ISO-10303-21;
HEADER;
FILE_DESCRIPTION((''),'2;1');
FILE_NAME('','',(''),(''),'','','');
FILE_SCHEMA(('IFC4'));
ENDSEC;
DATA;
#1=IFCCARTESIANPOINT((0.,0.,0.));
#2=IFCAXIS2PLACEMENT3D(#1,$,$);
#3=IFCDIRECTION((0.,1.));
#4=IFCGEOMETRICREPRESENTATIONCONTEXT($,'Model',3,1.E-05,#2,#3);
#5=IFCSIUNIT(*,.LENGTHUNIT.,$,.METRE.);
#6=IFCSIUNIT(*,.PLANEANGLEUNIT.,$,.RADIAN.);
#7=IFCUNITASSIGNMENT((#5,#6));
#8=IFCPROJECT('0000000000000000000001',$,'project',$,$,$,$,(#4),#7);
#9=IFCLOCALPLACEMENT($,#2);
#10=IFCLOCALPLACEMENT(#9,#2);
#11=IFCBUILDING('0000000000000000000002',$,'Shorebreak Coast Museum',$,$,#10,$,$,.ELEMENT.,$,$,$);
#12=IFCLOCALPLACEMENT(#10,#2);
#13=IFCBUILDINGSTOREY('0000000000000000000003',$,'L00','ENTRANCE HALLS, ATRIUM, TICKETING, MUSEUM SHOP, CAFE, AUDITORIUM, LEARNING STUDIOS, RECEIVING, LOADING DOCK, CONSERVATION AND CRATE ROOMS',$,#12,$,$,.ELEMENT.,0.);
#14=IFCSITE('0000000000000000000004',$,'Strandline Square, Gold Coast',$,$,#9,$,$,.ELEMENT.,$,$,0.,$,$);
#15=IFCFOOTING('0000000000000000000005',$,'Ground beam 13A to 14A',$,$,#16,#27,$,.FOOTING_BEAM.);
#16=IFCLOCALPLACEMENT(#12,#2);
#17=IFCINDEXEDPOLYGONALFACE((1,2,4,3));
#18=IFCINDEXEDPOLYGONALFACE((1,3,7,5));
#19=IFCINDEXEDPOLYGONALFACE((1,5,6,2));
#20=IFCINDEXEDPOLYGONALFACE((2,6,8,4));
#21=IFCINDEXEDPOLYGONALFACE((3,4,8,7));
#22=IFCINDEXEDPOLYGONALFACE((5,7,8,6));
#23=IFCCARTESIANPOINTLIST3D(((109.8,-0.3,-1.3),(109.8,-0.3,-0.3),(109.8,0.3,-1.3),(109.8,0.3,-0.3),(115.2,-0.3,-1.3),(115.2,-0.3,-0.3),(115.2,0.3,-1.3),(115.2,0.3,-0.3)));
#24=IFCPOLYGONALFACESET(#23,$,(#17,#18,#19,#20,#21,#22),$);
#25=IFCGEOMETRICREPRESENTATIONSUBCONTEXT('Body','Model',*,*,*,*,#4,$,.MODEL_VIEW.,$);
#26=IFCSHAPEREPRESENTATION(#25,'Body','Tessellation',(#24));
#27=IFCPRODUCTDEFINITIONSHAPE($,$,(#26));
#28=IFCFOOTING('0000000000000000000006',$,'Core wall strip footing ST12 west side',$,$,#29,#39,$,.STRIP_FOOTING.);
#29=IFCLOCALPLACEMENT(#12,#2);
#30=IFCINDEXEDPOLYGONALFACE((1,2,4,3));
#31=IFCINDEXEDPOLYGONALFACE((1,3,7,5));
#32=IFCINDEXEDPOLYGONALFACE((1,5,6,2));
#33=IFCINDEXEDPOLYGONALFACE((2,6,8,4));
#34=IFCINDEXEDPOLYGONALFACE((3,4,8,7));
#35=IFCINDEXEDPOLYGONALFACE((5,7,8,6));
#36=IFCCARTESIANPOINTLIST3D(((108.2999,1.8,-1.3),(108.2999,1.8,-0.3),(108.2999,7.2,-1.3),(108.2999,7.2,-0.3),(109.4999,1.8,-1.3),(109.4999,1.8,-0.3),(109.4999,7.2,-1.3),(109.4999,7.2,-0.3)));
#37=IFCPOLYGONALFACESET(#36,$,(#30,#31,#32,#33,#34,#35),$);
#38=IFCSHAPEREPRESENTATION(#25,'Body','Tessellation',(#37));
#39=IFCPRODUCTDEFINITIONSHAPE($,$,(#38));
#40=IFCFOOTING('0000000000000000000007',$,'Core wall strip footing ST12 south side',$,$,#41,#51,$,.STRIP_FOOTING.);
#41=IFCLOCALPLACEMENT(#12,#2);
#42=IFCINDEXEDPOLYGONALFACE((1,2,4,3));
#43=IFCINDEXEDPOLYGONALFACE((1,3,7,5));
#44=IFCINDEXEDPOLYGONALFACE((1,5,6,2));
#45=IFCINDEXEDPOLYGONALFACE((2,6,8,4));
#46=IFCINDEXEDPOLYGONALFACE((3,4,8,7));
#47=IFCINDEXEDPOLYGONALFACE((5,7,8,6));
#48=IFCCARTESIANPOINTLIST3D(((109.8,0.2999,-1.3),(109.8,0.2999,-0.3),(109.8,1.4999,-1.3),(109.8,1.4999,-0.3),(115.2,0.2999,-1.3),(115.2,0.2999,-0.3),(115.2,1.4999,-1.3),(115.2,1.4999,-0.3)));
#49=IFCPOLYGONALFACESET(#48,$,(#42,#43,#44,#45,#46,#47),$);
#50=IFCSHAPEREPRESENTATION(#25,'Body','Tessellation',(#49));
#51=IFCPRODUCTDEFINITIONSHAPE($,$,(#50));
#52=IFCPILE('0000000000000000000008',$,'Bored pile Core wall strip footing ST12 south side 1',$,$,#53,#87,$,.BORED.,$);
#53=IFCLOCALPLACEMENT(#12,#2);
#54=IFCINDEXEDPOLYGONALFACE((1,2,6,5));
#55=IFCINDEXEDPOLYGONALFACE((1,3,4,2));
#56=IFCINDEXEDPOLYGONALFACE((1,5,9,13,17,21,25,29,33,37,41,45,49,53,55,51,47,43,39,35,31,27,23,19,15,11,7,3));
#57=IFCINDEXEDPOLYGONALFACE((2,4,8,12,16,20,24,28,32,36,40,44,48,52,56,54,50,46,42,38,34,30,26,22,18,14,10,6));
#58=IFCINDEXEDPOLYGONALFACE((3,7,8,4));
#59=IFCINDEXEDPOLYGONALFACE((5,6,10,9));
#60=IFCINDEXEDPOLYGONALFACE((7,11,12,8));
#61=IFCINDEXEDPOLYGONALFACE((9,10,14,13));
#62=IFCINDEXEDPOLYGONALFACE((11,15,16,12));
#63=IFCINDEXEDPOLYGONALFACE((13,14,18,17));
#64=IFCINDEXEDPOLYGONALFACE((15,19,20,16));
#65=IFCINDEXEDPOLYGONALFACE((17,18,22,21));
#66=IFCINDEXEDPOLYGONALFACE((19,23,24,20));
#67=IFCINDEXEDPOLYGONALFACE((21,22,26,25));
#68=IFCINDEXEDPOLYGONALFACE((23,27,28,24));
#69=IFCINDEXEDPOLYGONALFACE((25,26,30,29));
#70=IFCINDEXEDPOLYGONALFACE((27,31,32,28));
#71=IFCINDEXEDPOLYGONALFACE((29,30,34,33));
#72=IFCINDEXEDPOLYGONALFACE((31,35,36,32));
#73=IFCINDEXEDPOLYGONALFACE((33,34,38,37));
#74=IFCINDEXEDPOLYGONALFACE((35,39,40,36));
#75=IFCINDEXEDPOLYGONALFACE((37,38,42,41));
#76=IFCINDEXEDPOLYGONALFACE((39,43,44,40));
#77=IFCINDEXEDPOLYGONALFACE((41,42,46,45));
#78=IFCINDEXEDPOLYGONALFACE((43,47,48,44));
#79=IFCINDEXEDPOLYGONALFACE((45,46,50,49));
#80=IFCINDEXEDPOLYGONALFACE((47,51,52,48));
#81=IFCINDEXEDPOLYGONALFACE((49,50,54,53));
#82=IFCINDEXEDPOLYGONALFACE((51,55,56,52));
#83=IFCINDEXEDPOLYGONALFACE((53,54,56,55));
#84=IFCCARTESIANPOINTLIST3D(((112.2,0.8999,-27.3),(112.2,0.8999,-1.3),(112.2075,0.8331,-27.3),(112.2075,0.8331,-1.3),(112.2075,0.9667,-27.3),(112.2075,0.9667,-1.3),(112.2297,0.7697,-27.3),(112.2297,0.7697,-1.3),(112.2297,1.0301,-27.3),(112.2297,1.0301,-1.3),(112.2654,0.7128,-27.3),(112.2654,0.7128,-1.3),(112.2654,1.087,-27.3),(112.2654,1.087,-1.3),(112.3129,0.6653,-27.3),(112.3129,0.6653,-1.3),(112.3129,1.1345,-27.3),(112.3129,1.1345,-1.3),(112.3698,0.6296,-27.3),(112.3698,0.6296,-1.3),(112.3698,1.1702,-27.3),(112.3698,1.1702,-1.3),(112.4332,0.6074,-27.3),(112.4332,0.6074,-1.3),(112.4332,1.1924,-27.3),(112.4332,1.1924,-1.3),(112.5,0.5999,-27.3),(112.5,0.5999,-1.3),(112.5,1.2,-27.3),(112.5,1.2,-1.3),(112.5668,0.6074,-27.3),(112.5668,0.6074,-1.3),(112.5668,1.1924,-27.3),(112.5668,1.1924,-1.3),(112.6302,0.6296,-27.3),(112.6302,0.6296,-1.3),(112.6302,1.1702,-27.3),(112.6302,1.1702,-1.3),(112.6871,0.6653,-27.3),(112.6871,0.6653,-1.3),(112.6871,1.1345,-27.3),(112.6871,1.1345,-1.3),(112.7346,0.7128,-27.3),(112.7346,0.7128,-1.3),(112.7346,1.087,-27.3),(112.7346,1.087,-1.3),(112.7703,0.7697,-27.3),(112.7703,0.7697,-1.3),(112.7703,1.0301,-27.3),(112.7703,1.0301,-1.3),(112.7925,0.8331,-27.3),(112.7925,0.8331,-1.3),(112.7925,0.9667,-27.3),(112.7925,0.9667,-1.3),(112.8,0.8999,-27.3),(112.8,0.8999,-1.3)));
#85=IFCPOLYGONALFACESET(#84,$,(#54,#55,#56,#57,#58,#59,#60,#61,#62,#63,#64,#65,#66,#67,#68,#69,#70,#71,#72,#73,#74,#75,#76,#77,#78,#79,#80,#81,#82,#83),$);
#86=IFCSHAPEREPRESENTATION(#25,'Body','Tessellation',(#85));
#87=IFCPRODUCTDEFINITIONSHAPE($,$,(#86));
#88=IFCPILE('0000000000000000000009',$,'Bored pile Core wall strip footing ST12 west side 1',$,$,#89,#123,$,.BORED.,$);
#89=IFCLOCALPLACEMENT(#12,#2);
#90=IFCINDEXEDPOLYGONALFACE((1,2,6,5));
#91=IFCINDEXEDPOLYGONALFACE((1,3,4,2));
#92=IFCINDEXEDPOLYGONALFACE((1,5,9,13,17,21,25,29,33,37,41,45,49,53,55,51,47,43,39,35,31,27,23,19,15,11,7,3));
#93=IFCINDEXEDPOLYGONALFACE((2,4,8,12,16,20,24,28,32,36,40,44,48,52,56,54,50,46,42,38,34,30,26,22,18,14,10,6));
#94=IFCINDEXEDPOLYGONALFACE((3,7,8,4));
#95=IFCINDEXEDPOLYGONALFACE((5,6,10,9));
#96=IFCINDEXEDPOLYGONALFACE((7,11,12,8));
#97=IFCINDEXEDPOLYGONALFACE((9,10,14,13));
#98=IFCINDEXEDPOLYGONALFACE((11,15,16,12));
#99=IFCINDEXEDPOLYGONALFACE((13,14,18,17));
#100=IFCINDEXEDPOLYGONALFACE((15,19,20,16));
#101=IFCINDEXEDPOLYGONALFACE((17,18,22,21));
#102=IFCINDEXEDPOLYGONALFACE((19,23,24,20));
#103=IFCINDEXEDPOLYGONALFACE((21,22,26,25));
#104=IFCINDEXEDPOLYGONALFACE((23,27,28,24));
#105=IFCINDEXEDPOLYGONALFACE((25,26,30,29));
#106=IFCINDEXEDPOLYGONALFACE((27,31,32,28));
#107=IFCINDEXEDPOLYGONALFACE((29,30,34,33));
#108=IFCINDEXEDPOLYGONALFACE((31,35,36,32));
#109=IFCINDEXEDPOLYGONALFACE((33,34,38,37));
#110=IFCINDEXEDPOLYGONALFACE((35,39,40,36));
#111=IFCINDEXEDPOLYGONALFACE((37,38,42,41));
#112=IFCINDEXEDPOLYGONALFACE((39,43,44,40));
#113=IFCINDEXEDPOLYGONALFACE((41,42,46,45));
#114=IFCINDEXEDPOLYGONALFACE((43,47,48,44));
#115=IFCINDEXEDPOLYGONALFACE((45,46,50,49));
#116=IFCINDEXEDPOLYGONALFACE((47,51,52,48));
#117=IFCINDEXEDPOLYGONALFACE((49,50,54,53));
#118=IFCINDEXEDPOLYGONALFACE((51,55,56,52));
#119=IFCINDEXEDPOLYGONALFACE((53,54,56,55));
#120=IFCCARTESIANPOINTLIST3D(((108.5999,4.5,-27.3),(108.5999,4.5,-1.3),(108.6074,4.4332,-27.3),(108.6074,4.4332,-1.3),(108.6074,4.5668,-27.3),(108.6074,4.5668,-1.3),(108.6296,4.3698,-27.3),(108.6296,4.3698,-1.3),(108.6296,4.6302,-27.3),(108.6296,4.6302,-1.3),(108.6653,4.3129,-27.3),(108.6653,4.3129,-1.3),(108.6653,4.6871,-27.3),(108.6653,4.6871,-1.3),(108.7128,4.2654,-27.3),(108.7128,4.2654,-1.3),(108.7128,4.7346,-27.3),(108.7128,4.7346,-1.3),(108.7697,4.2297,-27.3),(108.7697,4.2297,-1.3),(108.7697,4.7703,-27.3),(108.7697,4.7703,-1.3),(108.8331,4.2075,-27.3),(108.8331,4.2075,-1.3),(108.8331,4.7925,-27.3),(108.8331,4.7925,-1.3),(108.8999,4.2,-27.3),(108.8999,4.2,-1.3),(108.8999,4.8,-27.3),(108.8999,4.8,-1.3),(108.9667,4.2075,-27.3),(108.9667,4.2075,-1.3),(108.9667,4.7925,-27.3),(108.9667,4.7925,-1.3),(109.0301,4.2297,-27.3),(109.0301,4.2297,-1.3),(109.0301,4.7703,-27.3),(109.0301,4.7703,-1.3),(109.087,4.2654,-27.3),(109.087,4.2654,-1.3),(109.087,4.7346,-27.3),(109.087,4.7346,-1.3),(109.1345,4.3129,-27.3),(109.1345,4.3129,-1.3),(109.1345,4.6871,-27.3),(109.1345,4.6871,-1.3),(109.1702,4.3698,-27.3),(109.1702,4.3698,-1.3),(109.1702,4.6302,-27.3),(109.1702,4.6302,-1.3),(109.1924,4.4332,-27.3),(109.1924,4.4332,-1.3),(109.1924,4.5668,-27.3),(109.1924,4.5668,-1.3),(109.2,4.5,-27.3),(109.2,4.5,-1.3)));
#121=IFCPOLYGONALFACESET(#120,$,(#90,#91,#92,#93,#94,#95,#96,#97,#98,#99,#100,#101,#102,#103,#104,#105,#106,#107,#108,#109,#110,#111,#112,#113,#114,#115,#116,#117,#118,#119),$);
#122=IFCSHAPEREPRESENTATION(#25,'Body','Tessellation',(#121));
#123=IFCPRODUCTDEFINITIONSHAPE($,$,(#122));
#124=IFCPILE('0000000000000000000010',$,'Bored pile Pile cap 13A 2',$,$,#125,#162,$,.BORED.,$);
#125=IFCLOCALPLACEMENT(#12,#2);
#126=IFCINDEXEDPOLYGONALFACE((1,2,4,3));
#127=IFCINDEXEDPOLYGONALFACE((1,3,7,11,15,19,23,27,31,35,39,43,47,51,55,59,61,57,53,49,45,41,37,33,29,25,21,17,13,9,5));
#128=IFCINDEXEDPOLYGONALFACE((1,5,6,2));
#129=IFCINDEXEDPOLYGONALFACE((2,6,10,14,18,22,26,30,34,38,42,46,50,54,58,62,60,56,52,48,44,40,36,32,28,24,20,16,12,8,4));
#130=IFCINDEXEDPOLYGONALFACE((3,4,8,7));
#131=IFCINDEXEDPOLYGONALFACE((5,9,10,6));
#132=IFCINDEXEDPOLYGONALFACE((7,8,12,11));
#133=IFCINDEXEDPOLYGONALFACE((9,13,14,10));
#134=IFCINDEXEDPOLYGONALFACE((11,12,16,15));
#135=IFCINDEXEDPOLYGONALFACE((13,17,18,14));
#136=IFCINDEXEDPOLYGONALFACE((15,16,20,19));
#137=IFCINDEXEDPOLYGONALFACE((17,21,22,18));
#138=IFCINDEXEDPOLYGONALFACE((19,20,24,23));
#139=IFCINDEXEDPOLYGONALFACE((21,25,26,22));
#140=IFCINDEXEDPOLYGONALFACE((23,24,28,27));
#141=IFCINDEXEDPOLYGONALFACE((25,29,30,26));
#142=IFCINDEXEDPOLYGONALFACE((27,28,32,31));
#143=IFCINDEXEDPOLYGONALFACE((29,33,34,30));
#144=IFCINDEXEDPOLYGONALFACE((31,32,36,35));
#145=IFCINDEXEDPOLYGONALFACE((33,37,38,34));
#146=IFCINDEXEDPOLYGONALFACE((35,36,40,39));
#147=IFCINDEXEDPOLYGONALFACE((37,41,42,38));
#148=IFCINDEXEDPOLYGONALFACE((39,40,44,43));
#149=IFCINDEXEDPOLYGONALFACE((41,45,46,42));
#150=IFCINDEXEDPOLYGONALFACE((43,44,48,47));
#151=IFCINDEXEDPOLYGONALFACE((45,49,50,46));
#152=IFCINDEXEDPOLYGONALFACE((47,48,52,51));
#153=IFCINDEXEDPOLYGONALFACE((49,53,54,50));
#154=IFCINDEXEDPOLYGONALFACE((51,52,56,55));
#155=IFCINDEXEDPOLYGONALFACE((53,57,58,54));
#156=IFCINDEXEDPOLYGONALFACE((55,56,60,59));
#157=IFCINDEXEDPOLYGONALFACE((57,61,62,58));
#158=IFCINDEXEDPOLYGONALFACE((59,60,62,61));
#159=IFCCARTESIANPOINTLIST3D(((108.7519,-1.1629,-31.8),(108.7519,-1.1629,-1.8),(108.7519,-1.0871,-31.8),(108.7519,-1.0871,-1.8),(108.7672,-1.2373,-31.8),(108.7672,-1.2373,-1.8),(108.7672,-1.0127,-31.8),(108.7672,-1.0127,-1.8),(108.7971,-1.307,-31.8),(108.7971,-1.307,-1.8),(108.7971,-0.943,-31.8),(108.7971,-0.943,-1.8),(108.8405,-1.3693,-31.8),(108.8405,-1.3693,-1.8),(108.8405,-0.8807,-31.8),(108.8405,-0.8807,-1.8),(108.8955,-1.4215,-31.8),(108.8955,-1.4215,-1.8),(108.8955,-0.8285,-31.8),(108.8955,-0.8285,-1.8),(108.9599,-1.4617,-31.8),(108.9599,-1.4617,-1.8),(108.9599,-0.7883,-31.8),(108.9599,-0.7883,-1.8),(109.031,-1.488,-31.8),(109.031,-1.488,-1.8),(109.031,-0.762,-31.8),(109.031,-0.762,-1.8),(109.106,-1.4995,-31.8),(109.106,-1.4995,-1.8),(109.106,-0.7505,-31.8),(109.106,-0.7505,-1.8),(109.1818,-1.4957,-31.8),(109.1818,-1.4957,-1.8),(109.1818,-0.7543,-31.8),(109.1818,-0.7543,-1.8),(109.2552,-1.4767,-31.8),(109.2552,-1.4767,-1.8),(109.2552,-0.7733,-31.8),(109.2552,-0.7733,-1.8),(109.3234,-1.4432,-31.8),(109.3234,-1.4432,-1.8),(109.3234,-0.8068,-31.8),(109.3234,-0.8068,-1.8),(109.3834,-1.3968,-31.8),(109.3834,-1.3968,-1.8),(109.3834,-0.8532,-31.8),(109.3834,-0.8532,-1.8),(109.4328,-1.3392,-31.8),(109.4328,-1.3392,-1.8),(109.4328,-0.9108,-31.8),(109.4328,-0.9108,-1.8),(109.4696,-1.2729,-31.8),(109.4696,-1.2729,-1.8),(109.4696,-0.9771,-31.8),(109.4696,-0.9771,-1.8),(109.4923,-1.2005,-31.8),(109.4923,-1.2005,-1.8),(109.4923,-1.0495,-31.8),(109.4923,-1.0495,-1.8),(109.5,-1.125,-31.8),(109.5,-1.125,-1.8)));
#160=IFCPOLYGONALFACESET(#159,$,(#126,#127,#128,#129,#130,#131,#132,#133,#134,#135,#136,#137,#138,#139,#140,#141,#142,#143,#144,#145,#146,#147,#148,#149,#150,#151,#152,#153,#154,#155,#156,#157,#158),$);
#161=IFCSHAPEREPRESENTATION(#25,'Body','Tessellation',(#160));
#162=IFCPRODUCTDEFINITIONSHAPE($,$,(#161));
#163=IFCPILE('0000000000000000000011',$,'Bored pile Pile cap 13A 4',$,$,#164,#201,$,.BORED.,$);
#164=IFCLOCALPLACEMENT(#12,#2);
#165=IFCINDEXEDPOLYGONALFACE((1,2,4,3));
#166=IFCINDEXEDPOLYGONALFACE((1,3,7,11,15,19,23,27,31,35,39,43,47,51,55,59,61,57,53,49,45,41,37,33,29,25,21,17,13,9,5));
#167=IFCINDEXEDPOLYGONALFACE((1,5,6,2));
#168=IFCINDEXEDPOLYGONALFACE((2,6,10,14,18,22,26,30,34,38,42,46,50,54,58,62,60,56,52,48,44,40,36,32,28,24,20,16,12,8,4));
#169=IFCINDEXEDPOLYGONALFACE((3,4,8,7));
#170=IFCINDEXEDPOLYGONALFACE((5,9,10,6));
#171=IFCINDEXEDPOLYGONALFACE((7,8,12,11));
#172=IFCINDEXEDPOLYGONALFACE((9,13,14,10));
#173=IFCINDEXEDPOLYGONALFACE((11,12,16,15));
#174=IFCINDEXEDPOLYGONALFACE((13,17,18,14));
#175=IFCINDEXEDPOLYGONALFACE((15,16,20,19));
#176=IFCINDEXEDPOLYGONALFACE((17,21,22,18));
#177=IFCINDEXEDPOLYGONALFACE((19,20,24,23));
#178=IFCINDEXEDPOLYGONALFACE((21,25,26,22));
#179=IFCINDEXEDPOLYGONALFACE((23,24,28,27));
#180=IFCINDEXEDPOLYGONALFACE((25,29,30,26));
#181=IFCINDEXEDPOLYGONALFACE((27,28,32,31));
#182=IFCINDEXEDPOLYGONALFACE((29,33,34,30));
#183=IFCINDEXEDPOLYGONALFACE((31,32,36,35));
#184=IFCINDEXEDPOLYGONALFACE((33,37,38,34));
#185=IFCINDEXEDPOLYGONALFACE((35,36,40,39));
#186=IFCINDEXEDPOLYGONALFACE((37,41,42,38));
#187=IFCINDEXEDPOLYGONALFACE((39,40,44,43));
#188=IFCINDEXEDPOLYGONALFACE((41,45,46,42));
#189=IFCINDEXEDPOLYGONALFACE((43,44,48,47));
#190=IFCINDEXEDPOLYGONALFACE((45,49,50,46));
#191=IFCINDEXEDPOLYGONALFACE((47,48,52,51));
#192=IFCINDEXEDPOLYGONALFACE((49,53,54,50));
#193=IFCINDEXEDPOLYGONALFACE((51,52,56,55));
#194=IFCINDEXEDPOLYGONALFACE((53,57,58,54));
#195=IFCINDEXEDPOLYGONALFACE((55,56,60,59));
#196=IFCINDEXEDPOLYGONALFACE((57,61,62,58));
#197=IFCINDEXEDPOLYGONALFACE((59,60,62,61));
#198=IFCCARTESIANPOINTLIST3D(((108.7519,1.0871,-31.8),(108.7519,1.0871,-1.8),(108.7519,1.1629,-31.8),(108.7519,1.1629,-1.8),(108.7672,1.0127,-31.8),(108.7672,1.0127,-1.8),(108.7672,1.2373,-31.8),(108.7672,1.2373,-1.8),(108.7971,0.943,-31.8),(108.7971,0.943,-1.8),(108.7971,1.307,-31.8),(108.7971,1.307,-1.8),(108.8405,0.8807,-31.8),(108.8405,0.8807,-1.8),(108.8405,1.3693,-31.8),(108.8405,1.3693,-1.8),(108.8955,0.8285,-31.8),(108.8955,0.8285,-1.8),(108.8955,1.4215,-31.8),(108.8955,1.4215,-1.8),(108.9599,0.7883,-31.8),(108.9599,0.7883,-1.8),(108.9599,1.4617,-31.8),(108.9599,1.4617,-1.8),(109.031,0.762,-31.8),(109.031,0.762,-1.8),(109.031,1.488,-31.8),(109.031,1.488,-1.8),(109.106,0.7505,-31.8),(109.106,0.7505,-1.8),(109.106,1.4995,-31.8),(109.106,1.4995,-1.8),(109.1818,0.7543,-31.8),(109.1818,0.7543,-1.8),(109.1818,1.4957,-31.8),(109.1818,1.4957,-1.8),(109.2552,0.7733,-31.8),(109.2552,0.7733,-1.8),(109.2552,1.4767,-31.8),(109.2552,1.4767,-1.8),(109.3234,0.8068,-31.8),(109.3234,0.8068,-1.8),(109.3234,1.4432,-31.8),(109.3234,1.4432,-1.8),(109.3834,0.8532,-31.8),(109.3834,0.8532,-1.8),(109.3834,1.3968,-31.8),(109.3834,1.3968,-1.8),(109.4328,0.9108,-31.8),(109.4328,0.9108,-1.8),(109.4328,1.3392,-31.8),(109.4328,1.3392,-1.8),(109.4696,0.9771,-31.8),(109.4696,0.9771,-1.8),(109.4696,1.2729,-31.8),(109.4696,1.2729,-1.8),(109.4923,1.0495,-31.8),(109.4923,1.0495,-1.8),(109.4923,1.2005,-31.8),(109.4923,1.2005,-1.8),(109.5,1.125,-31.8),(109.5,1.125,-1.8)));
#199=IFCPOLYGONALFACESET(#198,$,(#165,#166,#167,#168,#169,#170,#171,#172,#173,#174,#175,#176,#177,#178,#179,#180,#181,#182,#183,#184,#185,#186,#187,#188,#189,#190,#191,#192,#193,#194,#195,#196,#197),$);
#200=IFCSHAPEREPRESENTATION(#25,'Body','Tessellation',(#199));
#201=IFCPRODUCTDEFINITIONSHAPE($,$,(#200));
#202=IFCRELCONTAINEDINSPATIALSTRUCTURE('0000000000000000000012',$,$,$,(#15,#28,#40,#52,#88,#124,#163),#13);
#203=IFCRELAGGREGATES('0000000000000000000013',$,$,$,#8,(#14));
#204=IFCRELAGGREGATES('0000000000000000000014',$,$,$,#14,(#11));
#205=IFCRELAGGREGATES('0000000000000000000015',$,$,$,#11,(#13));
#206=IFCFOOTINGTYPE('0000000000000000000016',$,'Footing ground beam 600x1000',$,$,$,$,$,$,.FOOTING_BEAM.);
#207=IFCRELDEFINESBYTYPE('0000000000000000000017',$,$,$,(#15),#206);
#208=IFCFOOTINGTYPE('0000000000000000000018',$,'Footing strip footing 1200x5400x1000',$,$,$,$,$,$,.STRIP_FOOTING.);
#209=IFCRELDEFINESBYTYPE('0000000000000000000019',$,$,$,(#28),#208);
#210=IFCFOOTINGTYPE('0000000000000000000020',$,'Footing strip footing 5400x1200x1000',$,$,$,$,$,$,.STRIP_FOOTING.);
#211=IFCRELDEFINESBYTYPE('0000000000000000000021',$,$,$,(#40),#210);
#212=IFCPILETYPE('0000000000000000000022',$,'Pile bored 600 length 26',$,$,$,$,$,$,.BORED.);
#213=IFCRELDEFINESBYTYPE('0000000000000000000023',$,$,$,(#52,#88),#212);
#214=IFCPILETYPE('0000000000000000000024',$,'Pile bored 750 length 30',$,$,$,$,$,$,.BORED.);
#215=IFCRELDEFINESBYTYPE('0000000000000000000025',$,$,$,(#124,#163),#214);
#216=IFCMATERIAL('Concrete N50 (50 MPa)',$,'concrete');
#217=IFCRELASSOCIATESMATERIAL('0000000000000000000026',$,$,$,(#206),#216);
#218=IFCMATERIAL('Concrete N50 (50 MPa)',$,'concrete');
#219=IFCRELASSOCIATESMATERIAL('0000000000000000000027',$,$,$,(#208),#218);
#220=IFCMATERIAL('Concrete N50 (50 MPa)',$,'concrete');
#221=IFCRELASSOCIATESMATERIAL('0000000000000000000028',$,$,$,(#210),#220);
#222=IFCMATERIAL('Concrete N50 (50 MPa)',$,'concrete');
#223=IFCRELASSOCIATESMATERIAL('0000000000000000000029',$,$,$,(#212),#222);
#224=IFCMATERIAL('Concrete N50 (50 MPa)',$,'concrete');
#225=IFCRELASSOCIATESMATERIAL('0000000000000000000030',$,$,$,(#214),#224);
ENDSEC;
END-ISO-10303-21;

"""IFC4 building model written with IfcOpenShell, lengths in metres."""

from ifc_helpers import new_model, si_unit, direction, frame, origin, origin_2d, place, context, subcontext, project, spatial, rectangle, circle, extrude, material, material_profile, profile_set, type_object, element, save


model = new_model("IFC4")

# Units and contexts
model_context = context("Model", 3, precision=1e-05, world=origin(), true_north=direction((0.0, 1.0)))
body_context = subcontext(model_context, "Body", "Model", "MODEL_VIEW")
ifc_project = project(units=[si_unit("LENGTHUNIT", "METRE"), si_unit("PLANEANGLEUNIT", "RADIAN")], contexts=[model_context])

# Site, building, storey
site_placement = place(None, origin())
site = spatial("IfcSite", under=ifc_project, at=site_placement, Name="Strandline Square, Gold Coast", CompositionType="ELEMENT", RefElevation=0.0)
building_placement = place(site_placement, origin())
building = spatial("IfcBuilding", under=site, at=building_placement, Name="Shorebreak Coast Museum", CompositionType="ELEMENT")
storey_placement = place(building_placement, origin())
storey = spatial("IfcBuildingStorey", under=building, at=storey_placement, Name="L00", Description="ENTRANCE HALLS, ATRIUM, TICKETING, MUSEUM SHOP, CAFE, AUDITORIUM, LEARNING STUDIOS, RECEIVING, LOADING DOCK, CONSERVATION AND CRATE ROOMS", CompositionType="ELEMENT", Elevation=0.0)

# Footings
ifc_material_1 = material(Name="Concrete N50 (50 MPa)", Category="concrete")
footing_type_1 = type_object("IfcFootingType", Name="Footing ground beam 600x1000", PredefinedType="FOOTING_BEAM", material=ifc_material_1)
footing_1_placement = place(storey_placement, frame((112.5, 0.0, -1.3), z_axis=(0.0, 0.0, 1.0), x_axis=(1.0, 0.0, 0.0)))
element("IfcFooting", 1, at=footing_1_placement, inside=storey, type_object=footing_type_1, Name="Ground beam 13A to 14A", PredefinedType="FOOTING_BEAM", context=body_context, shape_type="SweptSolid", body=[
    extrude(rectangle(XDim=5.3999, YDim=0.6001, at=origin_2d()), origin(), (0.0, 0.0, 1.0), 1.0),
])
ifc_material_2 = material(Name="Concrete N50 (50 MPa)", Category="concrete")
footing_type_2 = type_object("IfcFootingType", Name="Footing strip footing 1200x5400x1000", PredefinedType="STRIP_FOOTING", material=ifc_material_2)
footing_2_placement = place(storey_placement, frame((108.8999, 4.5, -1.3), z_axis=(0.0, 0.0, 1.0), x_axis=(1.0, 0.0, 0.0)))
element("IfcFooting", 2, at=footing_2_placement, inside=storey, type_object=footing_type_2, Name="Core wall strip footing ST12 west side", PredefinedType="STRIP_FOOTING", context=body_context, shape_type="SweptSolid", body=[
    extrude(rectangle(XDim=1.2, YDim=5.3999, at=origin_2d()), origin(), (0.0, 0.0, 1.0), 1.0),
])
ifc_material_3 = material(Name="Concrete N50 (50 MPa)", Category="concrete")
footing_type_3 = type_object("IfcFootingType", Name="Footing strip footing 5400x1200x1000", PredefinedType="STRIP_FOOTING", material=ifc_material_3)
footing_3_placement = place(storey_placement, frame((112.5, 0.8999, -1.3), z_axis=(0.0, 0.0, 1.0), x_axis=(1.0, 0.0, 0.0)))
element("IfcFooting", 3, at=footing_3_placement, inside=storey, type_object=footing_type_3, Name="Core wall strip footing ST12 south side", PredefinedType="STRIP_FOOTING", context=body_context, shape_type="SweptSolid", body=[
    extrude(rectangle(XDim=5.3999, YDim=1.2, at=origin_2d()), origin(), (0.0, 0.0, 1.0), 1.0),
])

# Piles
ifc_material_4 = material(Name="Concrete N50 (50 MPa)", Category="concrete")
ifc_material_profile_1 = material_profile(ifc_material_4, circle(Radius=0.3, at=origin_2d()), Name="Pile bored 600 length 26")
ifc_profile_set_1 = profile_set([ifc_material_profile_1], Name="Concrete N50 (50 MPa)")
pile_type_1 = type_object("IfcPileType", Name="Pile bored 600 length 26", PredefinedType="BORED", material=ifc_profile_set_1)
for number, where, z_axis, x_axis, name in (
    (4, (112.5, 0.8999, -1.3), (0.0, 0.0, -1.0), (1.0, 0.0, 0.0), "Bored pile Core wall strip footing ST12 south side 1"),
    (5, (108.8999, 4.5, -1.3), (0.0, 0.0, -1.0), (1.0, 0.0, 0.0), "Bored pile Core wall strip footing ST12 west side 1"),
):
    element("IfcPile", number, at=place(storey_placement, frame(where, z_axis=z_axis, x_axis=x_axis)), inside=storey, type_object=pile_type_1, Name=name, PredefinedType="BORED", context=body_context, shape_type="SweptSolid", body=[
        extrude(circle(Radius=0.3, at=origin_2d()), origin(), (0.0, 0.0, 1.0), 26.0),
    ])
ifc_material_5 = material(Name="Concrete N50 (50 MPa)", Category="concrete")
ifc_material_profile_2 = material_profile(ifc_material_5, circle(Radius=0.375, at=origin_2d()), Name="Pile bored 750 length 30")
ifc_profile_set_2 = profile_set([ifc_material_profile_2], Name="Concrete N50 (50 MPa)")
pile_type_2 = type_object("IfcPileType", Name="Pile bored 750 length 30", PredefinedType="BORED", material=ifc_profile_set_2)
for number, where, z_axis, x_axis, name in (
    (6, (109.125, -1.125, -1.8), (0.0, 0.0, -1.0), (1.0, 0.0, 0.0), "Bored pile Pile cap 13A 2"),
    (7, (109.125, 1.125, -1.8), (0.0, 0.0, -1.0), (1.0, 0.0, 0.0), "Bored pile Pile cap 13A 4"),
):
    element("IfcPile", number, at=place(storey_placement, frame(where, z_axis=z_axis, x_axis=x_axis)), inside=storey, type_object=pile_type_2, Name=name, PredefinedType="BORED", context=body_context, shape_type="SweptSolid", body=[
        extrude(circle(Radius=0.375, at=origin_2d()), origin(), (0.0, 0.0, 1.0), 30.0),
    ])

save(model, "model.ifc")
